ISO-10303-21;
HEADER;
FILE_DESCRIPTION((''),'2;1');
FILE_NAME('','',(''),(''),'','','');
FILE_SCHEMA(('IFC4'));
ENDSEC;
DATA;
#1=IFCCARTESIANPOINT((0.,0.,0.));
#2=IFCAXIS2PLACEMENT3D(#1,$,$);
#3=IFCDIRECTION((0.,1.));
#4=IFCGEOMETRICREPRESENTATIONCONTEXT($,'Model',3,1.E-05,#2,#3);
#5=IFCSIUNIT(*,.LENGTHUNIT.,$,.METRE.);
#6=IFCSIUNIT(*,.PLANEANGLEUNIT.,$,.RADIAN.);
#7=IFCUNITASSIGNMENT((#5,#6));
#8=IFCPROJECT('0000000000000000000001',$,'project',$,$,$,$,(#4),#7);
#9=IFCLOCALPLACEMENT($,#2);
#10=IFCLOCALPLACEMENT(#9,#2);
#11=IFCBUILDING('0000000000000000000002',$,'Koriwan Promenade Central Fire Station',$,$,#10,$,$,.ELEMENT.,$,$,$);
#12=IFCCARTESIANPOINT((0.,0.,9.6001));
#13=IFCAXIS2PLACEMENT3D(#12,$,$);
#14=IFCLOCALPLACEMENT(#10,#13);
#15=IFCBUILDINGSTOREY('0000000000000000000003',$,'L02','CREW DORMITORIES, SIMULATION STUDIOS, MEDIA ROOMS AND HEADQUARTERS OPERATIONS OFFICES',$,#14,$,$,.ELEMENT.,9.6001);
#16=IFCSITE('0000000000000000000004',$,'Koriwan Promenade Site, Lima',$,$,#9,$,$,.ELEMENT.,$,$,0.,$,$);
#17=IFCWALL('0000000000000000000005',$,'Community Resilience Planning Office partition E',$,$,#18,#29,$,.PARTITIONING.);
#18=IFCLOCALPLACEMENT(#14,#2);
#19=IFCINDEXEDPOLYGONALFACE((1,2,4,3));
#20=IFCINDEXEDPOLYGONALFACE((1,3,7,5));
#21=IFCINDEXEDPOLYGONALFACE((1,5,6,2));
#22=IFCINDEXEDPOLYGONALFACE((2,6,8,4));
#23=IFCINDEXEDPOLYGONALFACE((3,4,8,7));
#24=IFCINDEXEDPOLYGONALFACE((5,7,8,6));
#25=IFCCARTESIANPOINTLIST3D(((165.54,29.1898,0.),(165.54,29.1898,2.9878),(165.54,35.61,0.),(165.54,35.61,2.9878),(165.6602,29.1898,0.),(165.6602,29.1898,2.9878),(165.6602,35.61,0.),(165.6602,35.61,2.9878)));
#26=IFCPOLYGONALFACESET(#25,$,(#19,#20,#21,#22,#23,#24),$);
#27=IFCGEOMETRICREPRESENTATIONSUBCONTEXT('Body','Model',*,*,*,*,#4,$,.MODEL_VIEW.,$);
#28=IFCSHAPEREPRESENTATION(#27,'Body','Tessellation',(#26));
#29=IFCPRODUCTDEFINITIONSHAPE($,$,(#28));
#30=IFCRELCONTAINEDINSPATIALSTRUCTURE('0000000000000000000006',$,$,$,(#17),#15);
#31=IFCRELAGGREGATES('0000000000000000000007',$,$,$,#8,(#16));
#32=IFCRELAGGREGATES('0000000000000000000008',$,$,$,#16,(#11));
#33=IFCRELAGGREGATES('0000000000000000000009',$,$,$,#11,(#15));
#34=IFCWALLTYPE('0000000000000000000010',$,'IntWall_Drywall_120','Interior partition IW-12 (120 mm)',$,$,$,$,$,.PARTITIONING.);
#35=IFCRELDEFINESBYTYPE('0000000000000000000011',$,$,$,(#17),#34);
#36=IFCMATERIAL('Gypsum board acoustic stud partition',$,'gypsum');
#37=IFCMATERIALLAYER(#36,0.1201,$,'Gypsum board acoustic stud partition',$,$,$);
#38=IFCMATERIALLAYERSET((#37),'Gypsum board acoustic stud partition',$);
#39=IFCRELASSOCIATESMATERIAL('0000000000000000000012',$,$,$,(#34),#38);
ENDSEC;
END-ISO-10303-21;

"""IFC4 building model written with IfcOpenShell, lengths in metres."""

from ifc_helpers import new_model, si_unit, direction, frame, frame_2d, origin, place, context, subcontext, project, spatial, rectangle, extrude, material, layer, layer_set, type_object, element, save


model = new_model("IFC4")

# Units and contexts
model_context = context("Model", 3, precision=1e-05, world=origin(), true_north=direction((0.0, 1.0)))
body_context = subcontext(model_context, "Body", "Model", "MODEL_VIEW")
ifc_project = project(units=[si_unit("LENGTHUNIT", "METRE"), si_unit("PLANEANGLEUNIT", "RADIAN")], contexts=[model_context])

# Site, building, storey
site_placement = place(None, origin())
site = spatial("IfcSite", under=ifc_project, at=site_placement, Name="Koriwan Promenade Site, Lima", CompositionType="ELEMENT", RefElevation=0.0)
building_placement = place(site_placement, origin())
building = spatial("IfcBuilding", under=site, at=building_placement, Name="Koriwan Promenade Central Fire Station", CompositionType="ELEMENT")
storey_placement = place(building_placement, frame((0.0, 0.0, 9.6001)))
storey = spatial("IfcBuildingStorey", under=building, at=storey_placement, Name="L02", Description="CREW DORMITORIES, SIMULATION STUDIOS, MEDIA ROOMS AND HEADQUARTERS OPERATIONS OFFICES", CompositionType="ELEMENT", Elevation=9.6001)

# Wall
ifc_material_1 = material(Name="Gypsum board acoustic stud partition", Category="gypsum")
ifc_layer_1 = layer(ifc_material_1, 0.1201, Name="Gypsum board acoustic stud partition")
ifc_layer_set_1 = layer_set([ifc_layer_1], Name="Gypsum board acoustic stud partition")
wall_type = type_object("IfcWallType", Name="IntWall_Drywall_120", Description="Interior partition IW-12 (120 mm)", PredefinedType="PARTITIONING", material=ifc_layer_set_1)
wall_placement = place(storey_placement, frame((165.6001, 29.1899, 0.0), z_axis=(0.0, 0.0, 1.0), x_axis=(0.0, 1.0, 0.0)))
element("IfcWall", 1, at=wall_placement, inside=storey, type_object=wall_type, Name="Community Resilience Planning Office partition E", PredefinedType="PARTITIONING", context=body_context, shape_type="SweptSolid", body=[
    extrude(rectangle(XDim=6.4202, YDim=0.1201, at=frame_2d((3.21, 0.0))), origin(), (0.0, 0.0, 1.0), 2.9878),
])

save(model, "model.ifc")
